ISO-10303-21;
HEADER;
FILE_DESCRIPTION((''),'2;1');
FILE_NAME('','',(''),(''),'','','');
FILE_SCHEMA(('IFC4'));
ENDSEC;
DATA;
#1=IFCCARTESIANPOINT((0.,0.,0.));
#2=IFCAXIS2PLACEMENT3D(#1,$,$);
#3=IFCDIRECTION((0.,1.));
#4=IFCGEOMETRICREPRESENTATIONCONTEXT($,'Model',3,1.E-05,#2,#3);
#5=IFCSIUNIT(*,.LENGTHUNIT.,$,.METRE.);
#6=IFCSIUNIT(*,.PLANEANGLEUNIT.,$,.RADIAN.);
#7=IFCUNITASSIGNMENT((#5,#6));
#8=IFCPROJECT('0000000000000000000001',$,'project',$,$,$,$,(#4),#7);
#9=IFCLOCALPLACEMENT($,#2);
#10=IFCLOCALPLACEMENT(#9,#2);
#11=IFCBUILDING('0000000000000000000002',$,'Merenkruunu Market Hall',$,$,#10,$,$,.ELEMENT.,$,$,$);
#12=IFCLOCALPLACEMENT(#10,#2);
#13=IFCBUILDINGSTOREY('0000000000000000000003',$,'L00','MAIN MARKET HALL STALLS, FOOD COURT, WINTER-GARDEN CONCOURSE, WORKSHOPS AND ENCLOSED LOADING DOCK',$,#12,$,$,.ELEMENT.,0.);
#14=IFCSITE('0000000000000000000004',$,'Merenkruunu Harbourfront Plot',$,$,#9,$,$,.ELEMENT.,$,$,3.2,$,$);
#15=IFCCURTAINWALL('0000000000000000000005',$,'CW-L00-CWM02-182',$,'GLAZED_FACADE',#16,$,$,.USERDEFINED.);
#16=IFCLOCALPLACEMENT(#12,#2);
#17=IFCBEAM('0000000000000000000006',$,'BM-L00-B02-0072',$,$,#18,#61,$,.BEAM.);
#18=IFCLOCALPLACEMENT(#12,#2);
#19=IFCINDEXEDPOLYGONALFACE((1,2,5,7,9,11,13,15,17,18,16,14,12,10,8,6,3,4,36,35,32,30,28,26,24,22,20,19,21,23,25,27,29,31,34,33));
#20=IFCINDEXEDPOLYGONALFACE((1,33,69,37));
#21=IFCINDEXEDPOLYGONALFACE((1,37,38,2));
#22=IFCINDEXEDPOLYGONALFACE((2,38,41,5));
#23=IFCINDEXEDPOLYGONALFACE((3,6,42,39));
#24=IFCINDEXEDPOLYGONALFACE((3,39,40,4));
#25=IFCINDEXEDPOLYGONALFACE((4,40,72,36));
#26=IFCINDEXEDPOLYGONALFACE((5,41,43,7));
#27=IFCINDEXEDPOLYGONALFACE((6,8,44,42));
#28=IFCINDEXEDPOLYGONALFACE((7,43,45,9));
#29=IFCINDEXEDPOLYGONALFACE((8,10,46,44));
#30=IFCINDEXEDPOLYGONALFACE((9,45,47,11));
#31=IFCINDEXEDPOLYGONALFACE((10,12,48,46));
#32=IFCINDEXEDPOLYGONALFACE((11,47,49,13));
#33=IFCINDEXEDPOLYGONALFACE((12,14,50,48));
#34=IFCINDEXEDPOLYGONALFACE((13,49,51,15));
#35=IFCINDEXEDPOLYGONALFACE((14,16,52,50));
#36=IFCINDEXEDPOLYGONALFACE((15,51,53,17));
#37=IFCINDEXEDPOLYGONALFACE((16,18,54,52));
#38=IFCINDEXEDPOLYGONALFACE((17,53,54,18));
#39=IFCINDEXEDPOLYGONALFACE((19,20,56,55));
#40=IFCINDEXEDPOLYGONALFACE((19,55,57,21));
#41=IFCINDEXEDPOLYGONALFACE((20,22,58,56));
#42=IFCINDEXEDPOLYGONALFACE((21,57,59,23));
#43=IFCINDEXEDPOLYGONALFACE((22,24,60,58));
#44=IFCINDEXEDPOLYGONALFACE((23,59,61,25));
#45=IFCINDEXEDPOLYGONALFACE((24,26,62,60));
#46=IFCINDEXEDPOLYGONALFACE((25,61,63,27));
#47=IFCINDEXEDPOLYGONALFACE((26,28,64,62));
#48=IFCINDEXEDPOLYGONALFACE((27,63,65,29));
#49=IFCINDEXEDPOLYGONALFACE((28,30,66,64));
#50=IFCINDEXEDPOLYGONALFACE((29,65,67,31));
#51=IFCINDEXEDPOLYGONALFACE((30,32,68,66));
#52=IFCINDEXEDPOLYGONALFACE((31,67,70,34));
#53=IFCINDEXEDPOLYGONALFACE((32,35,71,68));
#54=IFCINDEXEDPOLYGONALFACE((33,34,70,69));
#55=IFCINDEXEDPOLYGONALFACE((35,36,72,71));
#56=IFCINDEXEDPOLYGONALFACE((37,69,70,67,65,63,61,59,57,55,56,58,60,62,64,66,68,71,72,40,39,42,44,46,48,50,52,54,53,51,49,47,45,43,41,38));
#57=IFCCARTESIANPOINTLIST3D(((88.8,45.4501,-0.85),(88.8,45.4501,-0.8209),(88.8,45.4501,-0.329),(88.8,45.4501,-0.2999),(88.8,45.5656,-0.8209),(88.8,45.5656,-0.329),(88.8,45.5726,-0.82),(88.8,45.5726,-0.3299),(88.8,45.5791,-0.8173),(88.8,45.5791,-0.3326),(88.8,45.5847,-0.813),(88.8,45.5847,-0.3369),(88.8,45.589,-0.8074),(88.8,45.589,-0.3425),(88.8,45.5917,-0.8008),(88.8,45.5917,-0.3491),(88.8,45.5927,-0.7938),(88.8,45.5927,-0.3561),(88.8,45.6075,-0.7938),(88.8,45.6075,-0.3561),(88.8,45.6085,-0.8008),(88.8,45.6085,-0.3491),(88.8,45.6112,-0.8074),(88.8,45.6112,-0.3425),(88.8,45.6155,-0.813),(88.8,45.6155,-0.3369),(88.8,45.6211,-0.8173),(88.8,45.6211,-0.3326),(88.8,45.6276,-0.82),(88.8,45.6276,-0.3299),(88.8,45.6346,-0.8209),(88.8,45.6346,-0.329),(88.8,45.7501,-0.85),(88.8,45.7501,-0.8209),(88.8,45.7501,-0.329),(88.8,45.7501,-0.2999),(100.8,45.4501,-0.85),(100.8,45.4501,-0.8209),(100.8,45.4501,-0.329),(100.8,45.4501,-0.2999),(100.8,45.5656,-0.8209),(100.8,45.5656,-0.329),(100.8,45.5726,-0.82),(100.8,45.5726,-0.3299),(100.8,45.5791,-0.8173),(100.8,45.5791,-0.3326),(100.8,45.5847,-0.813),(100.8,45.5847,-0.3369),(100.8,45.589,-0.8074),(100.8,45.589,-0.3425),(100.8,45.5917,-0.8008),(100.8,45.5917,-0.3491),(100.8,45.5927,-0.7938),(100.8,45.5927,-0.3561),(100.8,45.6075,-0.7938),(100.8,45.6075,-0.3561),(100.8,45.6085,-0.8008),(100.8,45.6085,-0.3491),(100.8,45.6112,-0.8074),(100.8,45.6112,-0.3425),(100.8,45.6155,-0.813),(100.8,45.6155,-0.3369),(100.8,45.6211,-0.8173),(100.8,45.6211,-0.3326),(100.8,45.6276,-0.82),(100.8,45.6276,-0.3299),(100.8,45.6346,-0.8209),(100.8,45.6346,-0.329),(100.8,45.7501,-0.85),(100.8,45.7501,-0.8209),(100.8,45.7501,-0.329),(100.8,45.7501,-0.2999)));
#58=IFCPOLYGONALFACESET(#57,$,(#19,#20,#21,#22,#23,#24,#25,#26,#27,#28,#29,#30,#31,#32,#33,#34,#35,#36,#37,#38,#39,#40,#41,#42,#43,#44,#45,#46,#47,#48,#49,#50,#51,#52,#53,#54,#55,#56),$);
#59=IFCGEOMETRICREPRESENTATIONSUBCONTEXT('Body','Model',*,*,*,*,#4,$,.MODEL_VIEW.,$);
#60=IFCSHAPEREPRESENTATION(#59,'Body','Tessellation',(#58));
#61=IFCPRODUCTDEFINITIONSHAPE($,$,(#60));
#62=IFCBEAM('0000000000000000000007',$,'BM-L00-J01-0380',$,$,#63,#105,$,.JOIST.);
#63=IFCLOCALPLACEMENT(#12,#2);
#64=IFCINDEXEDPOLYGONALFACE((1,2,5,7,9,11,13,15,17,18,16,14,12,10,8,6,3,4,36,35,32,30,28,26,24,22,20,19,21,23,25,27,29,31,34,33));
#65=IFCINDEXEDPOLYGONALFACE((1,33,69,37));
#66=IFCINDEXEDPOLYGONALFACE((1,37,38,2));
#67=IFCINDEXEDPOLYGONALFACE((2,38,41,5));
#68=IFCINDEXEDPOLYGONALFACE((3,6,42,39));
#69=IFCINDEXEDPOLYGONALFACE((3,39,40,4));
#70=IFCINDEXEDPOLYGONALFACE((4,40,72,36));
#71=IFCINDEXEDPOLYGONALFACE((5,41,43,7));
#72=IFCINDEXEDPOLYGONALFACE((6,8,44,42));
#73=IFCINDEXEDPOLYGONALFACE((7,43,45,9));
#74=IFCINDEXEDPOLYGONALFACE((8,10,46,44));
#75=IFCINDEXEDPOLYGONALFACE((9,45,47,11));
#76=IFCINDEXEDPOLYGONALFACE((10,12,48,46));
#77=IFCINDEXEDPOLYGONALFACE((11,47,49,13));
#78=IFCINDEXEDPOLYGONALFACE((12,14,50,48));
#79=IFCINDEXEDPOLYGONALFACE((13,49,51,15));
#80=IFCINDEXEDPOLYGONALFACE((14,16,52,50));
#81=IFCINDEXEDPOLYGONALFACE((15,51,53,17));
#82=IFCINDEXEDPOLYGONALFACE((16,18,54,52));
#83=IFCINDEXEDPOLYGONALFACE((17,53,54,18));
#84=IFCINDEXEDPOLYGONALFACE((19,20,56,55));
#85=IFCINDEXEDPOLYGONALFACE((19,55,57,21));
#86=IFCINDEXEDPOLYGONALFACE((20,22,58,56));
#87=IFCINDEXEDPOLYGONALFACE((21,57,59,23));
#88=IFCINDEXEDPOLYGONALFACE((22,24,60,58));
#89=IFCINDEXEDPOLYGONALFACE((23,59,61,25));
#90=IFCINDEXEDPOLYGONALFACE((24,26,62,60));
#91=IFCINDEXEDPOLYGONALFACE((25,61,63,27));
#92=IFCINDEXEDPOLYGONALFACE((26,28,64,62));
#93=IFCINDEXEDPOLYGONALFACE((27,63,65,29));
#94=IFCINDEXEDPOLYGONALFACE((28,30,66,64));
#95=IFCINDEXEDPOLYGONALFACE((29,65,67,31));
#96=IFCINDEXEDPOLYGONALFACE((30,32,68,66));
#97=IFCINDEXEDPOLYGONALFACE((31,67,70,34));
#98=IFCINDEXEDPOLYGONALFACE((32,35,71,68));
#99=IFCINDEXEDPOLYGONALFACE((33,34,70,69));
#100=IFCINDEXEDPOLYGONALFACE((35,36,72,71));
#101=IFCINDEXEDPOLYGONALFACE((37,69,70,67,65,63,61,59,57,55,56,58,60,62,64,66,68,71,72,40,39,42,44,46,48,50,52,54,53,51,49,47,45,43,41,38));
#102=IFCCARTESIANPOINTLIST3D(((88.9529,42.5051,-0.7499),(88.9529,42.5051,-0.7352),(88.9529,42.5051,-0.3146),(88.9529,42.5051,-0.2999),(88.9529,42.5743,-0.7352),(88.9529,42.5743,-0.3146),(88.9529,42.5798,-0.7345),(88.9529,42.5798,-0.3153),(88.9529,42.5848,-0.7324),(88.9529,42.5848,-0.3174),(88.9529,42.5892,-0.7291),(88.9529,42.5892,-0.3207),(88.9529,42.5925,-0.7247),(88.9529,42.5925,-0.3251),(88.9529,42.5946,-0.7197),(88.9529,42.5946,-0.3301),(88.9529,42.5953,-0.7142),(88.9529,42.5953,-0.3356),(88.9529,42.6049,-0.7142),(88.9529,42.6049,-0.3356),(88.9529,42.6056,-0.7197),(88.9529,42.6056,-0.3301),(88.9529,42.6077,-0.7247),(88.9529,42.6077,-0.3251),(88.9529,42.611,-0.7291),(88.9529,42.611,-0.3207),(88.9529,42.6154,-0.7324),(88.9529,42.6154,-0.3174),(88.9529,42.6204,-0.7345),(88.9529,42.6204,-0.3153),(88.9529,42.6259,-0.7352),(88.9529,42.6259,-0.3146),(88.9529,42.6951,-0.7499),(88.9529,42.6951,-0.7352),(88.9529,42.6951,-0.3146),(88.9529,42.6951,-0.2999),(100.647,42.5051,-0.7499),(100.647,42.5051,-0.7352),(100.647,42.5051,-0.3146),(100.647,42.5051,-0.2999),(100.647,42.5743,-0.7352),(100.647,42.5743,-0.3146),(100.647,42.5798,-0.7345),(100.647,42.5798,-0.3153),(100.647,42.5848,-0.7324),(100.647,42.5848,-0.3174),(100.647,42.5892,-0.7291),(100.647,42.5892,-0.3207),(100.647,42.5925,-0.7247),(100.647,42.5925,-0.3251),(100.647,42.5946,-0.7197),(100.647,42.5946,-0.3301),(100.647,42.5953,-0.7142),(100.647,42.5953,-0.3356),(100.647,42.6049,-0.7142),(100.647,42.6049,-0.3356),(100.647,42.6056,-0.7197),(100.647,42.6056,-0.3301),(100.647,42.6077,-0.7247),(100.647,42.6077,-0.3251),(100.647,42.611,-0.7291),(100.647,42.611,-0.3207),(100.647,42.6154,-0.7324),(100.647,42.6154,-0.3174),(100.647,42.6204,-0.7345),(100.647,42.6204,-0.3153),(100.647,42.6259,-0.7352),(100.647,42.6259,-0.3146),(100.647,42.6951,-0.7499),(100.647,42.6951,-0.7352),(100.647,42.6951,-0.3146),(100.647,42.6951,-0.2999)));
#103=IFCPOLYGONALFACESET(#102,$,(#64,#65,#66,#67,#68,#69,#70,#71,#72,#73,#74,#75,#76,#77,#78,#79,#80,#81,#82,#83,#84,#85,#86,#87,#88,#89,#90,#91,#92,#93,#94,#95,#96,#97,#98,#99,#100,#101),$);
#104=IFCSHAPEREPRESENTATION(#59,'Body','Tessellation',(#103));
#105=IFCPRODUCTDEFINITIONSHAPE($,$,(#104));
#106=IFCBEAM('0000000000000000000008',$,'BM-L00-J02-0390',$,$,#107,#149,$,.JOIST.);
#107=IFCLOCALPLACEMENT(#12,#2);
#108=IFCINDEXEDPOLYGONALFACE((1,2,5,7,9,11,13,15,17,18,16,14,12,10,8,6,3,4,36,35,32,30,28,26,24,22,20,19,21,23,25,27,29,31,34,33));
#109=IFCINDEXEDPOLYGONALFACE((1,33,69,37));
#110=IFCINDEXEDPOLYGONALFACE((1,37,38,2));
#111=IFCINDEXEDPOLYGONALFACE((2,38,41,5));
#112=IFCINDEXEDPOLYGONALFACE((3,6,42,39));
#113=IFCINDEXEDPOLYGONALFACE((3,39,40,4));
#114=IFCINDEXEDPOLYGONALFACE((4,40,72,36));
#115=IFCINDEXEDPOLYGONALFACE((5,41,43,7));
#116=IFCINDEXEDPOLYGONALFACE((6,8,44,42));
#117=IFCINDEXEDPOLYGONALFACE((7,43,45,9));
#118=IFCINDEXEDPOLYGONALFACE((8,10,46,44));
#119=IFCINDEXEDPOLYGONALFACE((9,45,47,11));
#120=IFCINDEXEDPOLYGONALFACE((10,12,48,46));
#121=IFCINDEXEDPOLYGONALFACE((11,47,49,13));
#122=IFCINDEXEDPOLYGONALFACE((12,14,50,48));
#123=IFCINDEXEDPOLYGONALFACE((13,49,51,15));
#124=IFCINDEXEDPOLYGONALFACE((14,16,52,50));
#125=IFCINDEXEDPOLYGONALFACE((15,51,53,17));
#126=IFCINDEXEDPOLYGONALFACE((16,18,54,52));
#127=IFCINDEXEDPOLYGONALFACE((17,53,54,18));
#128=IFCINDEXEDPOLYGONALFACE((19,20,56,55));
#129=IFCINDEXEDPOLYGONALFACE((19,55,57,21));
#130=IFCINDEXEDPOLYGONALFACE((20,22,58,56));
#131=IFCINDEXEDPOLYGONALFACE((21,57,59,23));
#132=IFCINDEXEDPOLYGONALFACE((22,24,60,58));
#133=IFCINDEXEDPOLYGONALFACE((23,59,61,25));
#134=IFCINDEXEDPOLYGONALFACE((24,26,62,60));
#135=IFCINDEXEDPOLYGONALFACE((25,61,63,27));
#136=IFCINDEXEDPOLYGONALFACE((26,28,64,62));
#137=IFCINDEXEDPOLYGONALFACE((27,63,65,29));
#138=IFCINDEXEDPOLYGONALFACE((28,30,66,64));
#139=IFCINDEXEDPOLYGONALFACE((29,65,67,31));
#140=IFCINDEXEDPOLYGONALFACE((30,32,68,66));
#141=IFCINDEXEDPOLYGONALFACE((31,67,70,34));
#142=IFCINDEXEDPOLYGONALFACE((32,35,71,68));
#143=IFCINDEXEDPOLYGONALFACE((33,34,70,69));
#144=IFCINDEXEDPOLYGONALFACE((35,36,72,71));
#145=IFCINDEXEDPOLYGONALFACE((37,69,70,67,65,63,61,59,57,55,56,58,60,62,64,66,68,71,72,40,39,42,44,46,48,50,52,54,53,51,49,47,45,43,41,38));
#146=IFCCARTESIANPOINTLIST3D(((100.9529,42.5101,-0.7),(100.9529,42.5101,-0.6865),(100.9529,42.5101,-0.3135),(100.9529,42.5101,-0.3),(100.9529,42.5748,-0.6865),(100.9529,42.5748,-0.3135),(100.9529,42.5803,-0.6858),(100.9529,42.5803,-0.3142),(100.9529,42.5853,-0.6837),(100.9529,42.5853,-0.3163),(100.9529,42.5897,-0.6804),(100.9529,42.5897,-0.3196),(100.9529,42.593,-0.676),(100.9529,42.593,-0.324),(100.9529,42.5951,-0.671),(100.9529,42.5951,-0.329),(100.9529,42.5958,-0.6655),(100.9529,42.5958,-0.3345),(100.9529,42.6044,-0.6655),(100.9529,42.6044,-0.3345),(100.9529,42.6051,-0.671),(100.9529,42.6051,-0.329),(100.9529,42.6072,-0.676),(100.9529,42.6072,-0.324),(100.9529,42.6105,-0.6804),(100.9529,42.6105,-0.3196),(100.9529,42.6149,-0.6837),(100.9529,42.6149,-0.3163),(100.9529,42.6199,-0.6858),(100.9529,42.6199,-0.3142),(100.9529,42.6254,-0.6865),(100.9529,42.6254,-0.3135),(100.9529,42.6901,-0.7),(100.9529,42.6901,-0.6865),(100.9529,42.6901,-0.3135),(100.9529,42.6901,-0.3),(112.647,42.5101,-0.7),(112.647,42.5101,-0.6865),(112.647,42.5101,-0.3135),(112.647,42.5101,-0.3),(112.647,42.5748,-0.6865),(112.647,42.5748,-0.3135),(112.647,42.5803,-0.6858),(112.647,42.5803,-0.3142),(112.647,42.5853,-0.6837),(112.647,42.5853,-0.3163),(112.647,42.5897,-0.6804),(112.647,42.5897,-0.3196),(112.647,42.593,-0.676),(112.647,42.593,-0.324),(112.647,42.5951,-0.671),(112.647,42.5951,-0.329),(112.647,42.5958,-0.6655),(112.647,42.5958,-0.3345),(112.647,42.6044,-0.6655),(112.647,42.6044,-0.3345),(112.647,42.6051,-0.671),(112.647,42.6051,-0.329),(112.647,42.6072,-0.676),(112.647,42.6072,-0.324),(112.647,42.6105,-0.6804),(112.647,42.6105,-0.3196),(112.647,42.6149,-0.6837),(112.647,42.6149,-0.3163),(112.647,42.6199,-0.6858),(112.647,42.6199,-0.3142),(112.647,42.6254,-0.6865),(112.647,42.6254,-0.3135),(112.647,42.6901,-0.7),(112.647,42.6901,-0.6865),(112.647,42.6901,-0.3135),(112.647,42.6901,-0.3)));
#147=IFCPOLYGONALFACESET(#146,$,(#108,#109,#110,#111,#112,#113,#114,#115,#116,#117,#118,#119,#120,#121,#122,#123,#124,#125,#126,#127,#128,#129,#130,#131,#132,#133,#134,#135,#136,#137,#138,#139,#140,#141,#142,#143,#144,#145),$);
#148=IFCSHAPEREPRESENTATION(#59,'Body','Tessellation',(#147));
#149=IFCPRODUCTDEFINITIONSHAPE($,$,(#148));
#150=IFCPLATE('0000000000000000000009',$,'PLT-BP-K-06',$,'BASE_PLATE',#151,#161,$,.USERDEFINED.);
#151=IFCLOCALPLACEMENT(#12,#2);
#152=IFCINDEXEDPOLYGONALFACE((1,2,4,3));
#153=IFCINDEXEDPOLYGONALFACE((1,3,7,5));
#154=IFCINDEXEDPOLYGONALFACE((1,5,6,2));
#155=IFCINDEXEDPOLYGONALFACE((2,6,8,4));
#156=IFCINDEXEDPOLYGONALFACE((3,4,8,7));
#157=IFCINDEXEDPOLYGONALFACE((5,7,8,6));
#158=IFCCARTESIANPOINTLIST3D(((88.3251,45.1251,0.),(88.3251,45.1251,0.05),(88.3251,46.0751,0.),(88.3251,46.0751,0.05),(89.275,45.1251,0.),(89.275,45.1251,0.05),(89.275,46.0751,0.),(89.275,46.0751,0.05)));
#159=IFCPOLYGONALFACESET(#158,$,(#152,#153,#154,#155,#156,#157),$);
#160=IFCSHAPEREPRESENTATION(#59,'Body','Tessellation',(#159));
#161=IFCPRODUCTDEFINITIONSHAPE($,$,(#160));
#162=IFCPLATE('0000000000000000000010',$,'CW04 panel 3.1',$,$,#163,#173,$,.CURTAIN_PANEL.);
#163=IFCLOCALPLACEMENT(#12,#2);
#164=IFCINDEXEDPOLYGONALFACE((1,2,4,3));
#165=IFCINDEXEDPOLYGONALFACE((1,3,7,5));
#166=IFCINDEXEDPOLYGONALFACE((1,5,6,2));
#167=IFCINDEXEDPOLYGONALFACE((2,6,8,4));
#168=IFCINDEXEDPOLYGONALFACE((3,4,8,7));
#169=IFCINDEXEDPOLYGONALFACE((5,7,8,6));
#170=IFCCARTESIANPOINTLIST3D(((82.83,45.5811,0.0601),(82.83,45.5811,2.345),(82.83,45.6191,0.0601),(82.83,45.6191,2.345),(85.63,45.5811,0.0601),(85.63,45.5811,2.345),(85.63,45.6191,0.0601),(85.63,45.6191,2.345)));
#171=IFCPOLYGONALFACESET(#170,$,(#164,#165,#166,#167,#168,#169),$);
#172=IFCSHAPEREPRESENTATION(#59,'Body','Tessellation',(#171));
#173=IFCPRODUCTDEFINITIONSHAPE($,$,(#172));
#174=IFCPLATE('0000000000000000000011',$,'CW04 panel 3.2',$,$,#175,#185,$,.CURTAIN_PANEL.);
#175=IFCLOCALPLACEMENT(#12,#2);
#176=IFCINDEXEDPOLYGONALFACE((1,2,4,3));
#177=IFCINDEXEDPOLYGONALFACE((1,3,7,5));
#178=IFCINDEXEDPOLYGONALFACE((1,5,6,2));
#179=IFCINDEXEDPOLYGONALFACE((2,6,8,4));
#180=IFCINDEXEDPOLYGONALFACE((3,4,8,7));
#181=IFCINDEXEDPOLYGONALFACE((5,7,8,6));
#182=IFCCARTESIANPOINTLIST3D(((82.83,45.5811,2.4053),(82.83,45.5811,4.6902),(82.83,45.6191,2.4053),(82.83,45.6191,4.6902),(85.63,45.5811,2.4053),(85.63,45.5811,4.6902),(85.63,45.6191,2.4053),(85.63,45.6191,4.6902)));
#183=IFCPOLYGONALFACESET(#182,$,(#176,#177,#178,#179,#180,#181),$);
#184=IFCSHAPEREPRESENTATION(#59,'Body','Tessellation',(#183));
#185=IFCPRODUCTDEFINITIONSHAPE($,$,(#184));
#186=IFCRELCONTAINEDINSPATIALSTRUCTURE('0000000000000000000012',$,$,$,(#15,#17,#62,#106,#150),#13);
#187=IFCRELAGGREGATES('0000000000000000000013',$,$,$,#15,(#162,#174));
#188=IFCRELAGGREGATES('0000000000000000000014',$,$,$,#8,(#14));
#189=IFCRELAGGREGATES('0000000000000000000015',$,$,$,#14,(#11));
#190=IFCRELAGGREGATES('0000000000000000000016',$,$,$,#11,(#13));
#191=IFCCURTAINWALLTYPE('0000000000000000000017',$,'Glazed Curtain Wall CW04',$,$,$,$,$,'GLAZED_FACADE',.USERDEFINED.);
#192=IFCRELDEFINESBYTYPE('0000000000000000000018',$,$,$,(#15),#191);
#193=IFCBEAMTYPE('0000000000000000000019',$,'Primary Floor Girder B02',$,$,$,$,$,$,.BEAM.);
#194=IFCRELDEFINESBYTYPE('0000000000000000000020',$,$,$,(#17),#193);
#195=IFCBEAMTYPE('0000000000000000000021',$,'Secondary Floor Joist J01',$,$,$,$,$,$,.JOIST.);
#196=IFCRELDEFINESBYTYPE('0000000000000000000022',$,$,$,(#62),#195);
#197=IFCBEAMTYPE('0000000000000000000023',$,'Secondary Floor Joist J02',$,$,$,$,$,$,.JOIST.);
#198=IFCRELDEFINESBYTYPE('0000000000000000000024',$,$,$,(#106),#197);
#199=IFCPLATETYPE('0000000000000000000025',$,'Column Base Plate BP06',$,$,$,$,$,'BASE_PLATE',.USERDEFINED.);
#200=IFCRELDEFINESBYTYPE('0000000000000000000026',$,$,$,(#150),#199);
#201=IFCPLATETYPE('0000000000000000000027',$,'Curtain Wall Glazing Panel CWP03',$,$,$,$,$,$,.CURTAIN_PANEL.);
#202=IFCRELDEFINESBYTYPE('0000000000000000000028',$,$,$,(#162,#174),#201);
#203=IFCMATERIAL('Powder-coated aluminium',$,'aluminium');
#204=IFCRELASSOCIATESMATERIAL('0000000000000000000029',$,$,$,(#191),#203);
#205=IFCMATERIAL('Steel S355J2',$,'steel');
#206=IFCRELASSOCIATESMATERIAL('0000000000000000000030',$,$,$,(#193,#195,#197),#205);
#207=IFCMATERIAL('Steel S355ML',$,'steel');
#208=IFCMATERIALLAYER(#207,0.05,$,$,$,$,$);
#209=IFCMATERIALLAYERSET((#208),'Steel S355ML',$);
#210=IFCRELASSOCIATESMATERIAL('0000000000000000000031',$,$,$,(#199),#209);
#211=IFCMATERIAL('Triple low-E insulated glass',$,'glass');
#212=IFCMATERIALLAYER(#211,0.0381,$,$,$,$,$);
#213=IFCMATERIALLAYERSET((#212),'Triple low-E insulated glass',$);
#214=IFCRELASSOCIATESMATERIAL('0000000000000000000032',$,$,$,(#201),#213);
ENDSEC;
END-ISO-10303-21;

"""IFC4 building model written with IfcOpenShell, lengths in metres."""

from ifc_helpers import new_model, si_unit, direction, frame, origin, origin_2d, place, context, subcontext, project, spatial, rectangle, i_section, extrude, material, layer, layer_set, material_profile, profile_set, type_object, element, aggregate, save


model = new_model("IFC4")

# Units and contexts
model_context = context("Model", 3, precision=1e-05, world=origin(), true_north=direction((0.0, 1.0)))
body_context = subcontext(model_context, "Body", "Model", "MODEL_VIEW")
ifc_project = project(units=[si_unit("LENGTHUNIT", "METRE"), si_unit("PLANEANGLEUNIT", "RADIAN")], contexts=[model_context])

# Site, building, storey
site_placement = place(None, origin())
site = spatial("IfcSite", under=ifc_project, at=site_placement, Name="Merenkruunu Harbourfront Plot", CompositionType="ELEMENT", RefElevation=3.2)
building_placement = place(site_placement, origin())
building = spatial("IfcBuilding", under=site, at=building_placement, Name="Merenkruunu Market Hall", CompositionType="ELEMENT")
storey_placement = place(building_placement, origin())
storey = spatial("IfcBuildingStorey", under=building, at=storey_placement, Name="L00", Description="MAIN MARKET HALL STALLS, FOOD COURT, WINTER-GARDEN CONCOURSE, WORKSHOPS AND ENCLOSED LOADING DOCK", CompositionType="ELEMENT", Elevation=0.0)

# Shared definitions
ifc_material_1 = material(Name="Steel S355J2", Category="steel")

# Shared definitions
ifc_material_2 = material(Name="Powder-coated aluminium", Category="aluminium")

# Curtain wall
curtain_wall_type_1 = type_object("IfcCurtainWallType", Name="Glazed Curtain Wall CW04", ElementType="GLAZED_FACADE", PredefinedType="USERDEFINED", material=ifc_material_2)
curtain_wall_1_placement = place(storey_placement, origin())
curtain_wall_1 = element("IfcCurtainWall", 1, at=curtain_wall_1_placement, inside=storey, type_object=curtain_wall_type_1, Name="CW-L00-CWM02-182", ObjectType="GLAZED_FACADE", PredefinedType="USERDEFINED")

# Beams
ifc_material_profile_1 = material_profile(ifc_material_1, i_section(OverallWidth=0.3, OverallDepth=0.55, WebThickness=0.0149, FlangeThickness=0.0291, FilletRadius=0.0271, at=origin_2d()), Name="HEB 550")
ifc_profile_set_1 = profile_set([ifc_material_profile_1], Name="Steel S355J2")
beam_type_1 = type_object("IfcBeamType", Name="Primary Floor Girder B02", PredefinedType="BEAM", material=ifc_profile_set_1)
beam_1_placement = place(storey_placement, frame((88.8, 45.6001, -0.575), z_axis=(1.0, 0.0, 0.0), x_axis=(0.0, 1.0, 0.0)))
element("IfcBeam", 2, at=beam_1_placement, inside=storey, type_object=beam_type_1, Name="BM-L00-B02-0072", PredefinedType="BEAM", context=body_context, shape_type="SweptSolid", body=[
    extrude(i_section(OverallWidth=0.3, OverallDepth=0.55, WebThickness=0.0149, FlangeThickness=0.0291, FilletRadius=0.0271, at=origin_2d()), origin(), (0.0, 0.0, 1.0), 12.0),
])
ifc_material_profile_2 = material_profile(ifc_material_1, i_section(OverallWidth=0.1899, OverallDepth=0.45, WebThickness=0.0095, FlangeThickness=0.0146, FilletRadius=0.021, at=origin_2d()), Name="IPE 450")
ifc_profile_set_2 = profile_set([ifc_material_profile_2], Name="Steel S355J2")
beam_type_2 = type_object("IfcBeamType", Name="Secondary Floor Joist J01", PredefinedType="JOIST", material=ifc_profile_set_2)
beam_2_placement = place(storey_placement, frame((88.9529, 42.6001, -0.5249), z_axis=(1.0, 0.0, 0.0), x_axis=(0.0, 1.0, 0.0)))
element("IfcBeam", 3, at=beam_2_placement, inside=storey, type_object=beam_type_2, Name="BM-L00-J01-0380", PredefinedType="JOIST", context=body_context, shape_type="SweptSolid", body=[
    extrude(i_section(OverallWidth=0.1899, OverallDepth=0.45, WebThickness=0.0095, FlangeThickness=0.0146, FilletRadius=0.021, at=origin_2d()), origin(), (0.0, 0.0, 1.0), 11.6941),
])
ifc_material_profile_3 = material_profile(ifc_material_1, i_section(OverallWidth=0.1799, OverallDepth=0.3999, WebThickness=0.0085, FlangeThickness=0.0134, FilletRadius=0.021, at=origin_2d()), Name="IPE 400")
ifc_profile_set_3 = profile_set([ifc_material_profile_3], Name="Steel S355J2")
beam_type_3 = type_object("IfcBeamType", Name="Secondary Floor Joist J02", PredefinedType="JOIST", material=ifc_profile_set_3)
beam_3_placement = place(storey_placement, frame((100.9529, 42.6001, -0.5), z_axis=(1.0, 0.0, 0.0), x_axis=(0.0, 1.0, 0.0)))
element("IfcBeam", 4, at=beam_3_placement, inside=storey, type_object=beam_type_3, Name="BM-L00-J02-0390", PredefinedType="JOIST", context=body_context, shape_type="SweptSolid", body=[
    extrude(i_section(OverallWidth=0.1799, OverallDepth=0.3999, WebThickness=0.0085, FlangeThickness=0.0134, FilletRadius=0.021, at=origin_2d()), origin(), (0.0, 0.0, 1.0), 11.6941),
])

# Plates
ifc_material_3 = material(Name="Steel S355ML", Category="steel")
ifc_layer_1 = layer(ifc_material_3, 0.05)
ifc_layer_set_1 = layer_set([ifc_layer_1], Name="Steel S355ML")
plate_type_1 = type_object("IfcPlateType", Name="Column Base Plate BP06", ElementType="BASE_PLATE", PredefinedType="USERDEFINED", material=ifc_layer_set_1)
plate_1_placement = place(storey_placement, frame((88.8, 45.6001, 0.0), z_axis=(0.0, 0.0, 1.0), x_axis=(1.0, 0.0, 0.0)))
element("IfcPlate", 5, at=plate_1_placement, inside=storey, type_object=plate_type_1, Name="PLT-BP-K-06", ObjectType="BASE_PLATE", PredefinedType="USERDEFINED", context=body_context, shape_type="SweptSolid", body=[
    extrude(rectangle(XDim=0.95, YDim=0.95, at=origin_2d()), origin(), (0.0, 0.0, 1.0), 0.05),
])
ifc_material_4 = material(Name="Triple low-E insulated glass", Category="glass")
ifc_layer_2 = layer(ifc_material_4, 0.0381)
ifc_layer_set_2 = layer_set([ifc_layer_2], Name="Triple low-E insulated glass")
plate_type_2 = type_object("IfcPlateType", Name="Curtain Wall Glazing Panel CWP03", PredefinedType="CURTAIN_PANEL", material=ifc_layer_set_2)
plate_2_placement = place(storey_placement, frame((84.23, 45.6001, 0.0601), z_axis=(0.0, 0.0, 1.0), x_axis=(1.0, 0.0, 0.0)))
plate_2 = element("IfcPlate", 6, at=plate_2_placement, type_object=plate_type_2, Name="CW04 panel 3.1", PredefinedType="CURTAIN_PANEL", context=body_context, shape_type="SweptSolid", body=[
    extrude(rectangle(XDim=2.8, YDim=0.0381, at=origin_2d()), origin(), (0.0, 0.0, 1.0), 2.2849),
])
plate_3_placement = place(storey_placement, frame((84.23, 45.6001, 2.4053), z_axis=(0.0, 0.0, 1.0), x_axis=(1.0, 0.0, 0.0)))
plate_3 = element("IfcPlate", 7, at=plate_3_placement, type_object=plate_type_2, Name="CW04 panel 3.2", PredefinedType="CURTAIN_PANEL", context=body_context, shape_type="SweptSolid", body=[
    extrude(rectangle(XDim=2.8, YDim=0.0381, at=origin_2d()), origin(), (0.0, 0.0, 1.0), 2.2849),
])
aggregate(curtain_wall_1, [plate_2, plate_3])

save(model, "model.ifc")
